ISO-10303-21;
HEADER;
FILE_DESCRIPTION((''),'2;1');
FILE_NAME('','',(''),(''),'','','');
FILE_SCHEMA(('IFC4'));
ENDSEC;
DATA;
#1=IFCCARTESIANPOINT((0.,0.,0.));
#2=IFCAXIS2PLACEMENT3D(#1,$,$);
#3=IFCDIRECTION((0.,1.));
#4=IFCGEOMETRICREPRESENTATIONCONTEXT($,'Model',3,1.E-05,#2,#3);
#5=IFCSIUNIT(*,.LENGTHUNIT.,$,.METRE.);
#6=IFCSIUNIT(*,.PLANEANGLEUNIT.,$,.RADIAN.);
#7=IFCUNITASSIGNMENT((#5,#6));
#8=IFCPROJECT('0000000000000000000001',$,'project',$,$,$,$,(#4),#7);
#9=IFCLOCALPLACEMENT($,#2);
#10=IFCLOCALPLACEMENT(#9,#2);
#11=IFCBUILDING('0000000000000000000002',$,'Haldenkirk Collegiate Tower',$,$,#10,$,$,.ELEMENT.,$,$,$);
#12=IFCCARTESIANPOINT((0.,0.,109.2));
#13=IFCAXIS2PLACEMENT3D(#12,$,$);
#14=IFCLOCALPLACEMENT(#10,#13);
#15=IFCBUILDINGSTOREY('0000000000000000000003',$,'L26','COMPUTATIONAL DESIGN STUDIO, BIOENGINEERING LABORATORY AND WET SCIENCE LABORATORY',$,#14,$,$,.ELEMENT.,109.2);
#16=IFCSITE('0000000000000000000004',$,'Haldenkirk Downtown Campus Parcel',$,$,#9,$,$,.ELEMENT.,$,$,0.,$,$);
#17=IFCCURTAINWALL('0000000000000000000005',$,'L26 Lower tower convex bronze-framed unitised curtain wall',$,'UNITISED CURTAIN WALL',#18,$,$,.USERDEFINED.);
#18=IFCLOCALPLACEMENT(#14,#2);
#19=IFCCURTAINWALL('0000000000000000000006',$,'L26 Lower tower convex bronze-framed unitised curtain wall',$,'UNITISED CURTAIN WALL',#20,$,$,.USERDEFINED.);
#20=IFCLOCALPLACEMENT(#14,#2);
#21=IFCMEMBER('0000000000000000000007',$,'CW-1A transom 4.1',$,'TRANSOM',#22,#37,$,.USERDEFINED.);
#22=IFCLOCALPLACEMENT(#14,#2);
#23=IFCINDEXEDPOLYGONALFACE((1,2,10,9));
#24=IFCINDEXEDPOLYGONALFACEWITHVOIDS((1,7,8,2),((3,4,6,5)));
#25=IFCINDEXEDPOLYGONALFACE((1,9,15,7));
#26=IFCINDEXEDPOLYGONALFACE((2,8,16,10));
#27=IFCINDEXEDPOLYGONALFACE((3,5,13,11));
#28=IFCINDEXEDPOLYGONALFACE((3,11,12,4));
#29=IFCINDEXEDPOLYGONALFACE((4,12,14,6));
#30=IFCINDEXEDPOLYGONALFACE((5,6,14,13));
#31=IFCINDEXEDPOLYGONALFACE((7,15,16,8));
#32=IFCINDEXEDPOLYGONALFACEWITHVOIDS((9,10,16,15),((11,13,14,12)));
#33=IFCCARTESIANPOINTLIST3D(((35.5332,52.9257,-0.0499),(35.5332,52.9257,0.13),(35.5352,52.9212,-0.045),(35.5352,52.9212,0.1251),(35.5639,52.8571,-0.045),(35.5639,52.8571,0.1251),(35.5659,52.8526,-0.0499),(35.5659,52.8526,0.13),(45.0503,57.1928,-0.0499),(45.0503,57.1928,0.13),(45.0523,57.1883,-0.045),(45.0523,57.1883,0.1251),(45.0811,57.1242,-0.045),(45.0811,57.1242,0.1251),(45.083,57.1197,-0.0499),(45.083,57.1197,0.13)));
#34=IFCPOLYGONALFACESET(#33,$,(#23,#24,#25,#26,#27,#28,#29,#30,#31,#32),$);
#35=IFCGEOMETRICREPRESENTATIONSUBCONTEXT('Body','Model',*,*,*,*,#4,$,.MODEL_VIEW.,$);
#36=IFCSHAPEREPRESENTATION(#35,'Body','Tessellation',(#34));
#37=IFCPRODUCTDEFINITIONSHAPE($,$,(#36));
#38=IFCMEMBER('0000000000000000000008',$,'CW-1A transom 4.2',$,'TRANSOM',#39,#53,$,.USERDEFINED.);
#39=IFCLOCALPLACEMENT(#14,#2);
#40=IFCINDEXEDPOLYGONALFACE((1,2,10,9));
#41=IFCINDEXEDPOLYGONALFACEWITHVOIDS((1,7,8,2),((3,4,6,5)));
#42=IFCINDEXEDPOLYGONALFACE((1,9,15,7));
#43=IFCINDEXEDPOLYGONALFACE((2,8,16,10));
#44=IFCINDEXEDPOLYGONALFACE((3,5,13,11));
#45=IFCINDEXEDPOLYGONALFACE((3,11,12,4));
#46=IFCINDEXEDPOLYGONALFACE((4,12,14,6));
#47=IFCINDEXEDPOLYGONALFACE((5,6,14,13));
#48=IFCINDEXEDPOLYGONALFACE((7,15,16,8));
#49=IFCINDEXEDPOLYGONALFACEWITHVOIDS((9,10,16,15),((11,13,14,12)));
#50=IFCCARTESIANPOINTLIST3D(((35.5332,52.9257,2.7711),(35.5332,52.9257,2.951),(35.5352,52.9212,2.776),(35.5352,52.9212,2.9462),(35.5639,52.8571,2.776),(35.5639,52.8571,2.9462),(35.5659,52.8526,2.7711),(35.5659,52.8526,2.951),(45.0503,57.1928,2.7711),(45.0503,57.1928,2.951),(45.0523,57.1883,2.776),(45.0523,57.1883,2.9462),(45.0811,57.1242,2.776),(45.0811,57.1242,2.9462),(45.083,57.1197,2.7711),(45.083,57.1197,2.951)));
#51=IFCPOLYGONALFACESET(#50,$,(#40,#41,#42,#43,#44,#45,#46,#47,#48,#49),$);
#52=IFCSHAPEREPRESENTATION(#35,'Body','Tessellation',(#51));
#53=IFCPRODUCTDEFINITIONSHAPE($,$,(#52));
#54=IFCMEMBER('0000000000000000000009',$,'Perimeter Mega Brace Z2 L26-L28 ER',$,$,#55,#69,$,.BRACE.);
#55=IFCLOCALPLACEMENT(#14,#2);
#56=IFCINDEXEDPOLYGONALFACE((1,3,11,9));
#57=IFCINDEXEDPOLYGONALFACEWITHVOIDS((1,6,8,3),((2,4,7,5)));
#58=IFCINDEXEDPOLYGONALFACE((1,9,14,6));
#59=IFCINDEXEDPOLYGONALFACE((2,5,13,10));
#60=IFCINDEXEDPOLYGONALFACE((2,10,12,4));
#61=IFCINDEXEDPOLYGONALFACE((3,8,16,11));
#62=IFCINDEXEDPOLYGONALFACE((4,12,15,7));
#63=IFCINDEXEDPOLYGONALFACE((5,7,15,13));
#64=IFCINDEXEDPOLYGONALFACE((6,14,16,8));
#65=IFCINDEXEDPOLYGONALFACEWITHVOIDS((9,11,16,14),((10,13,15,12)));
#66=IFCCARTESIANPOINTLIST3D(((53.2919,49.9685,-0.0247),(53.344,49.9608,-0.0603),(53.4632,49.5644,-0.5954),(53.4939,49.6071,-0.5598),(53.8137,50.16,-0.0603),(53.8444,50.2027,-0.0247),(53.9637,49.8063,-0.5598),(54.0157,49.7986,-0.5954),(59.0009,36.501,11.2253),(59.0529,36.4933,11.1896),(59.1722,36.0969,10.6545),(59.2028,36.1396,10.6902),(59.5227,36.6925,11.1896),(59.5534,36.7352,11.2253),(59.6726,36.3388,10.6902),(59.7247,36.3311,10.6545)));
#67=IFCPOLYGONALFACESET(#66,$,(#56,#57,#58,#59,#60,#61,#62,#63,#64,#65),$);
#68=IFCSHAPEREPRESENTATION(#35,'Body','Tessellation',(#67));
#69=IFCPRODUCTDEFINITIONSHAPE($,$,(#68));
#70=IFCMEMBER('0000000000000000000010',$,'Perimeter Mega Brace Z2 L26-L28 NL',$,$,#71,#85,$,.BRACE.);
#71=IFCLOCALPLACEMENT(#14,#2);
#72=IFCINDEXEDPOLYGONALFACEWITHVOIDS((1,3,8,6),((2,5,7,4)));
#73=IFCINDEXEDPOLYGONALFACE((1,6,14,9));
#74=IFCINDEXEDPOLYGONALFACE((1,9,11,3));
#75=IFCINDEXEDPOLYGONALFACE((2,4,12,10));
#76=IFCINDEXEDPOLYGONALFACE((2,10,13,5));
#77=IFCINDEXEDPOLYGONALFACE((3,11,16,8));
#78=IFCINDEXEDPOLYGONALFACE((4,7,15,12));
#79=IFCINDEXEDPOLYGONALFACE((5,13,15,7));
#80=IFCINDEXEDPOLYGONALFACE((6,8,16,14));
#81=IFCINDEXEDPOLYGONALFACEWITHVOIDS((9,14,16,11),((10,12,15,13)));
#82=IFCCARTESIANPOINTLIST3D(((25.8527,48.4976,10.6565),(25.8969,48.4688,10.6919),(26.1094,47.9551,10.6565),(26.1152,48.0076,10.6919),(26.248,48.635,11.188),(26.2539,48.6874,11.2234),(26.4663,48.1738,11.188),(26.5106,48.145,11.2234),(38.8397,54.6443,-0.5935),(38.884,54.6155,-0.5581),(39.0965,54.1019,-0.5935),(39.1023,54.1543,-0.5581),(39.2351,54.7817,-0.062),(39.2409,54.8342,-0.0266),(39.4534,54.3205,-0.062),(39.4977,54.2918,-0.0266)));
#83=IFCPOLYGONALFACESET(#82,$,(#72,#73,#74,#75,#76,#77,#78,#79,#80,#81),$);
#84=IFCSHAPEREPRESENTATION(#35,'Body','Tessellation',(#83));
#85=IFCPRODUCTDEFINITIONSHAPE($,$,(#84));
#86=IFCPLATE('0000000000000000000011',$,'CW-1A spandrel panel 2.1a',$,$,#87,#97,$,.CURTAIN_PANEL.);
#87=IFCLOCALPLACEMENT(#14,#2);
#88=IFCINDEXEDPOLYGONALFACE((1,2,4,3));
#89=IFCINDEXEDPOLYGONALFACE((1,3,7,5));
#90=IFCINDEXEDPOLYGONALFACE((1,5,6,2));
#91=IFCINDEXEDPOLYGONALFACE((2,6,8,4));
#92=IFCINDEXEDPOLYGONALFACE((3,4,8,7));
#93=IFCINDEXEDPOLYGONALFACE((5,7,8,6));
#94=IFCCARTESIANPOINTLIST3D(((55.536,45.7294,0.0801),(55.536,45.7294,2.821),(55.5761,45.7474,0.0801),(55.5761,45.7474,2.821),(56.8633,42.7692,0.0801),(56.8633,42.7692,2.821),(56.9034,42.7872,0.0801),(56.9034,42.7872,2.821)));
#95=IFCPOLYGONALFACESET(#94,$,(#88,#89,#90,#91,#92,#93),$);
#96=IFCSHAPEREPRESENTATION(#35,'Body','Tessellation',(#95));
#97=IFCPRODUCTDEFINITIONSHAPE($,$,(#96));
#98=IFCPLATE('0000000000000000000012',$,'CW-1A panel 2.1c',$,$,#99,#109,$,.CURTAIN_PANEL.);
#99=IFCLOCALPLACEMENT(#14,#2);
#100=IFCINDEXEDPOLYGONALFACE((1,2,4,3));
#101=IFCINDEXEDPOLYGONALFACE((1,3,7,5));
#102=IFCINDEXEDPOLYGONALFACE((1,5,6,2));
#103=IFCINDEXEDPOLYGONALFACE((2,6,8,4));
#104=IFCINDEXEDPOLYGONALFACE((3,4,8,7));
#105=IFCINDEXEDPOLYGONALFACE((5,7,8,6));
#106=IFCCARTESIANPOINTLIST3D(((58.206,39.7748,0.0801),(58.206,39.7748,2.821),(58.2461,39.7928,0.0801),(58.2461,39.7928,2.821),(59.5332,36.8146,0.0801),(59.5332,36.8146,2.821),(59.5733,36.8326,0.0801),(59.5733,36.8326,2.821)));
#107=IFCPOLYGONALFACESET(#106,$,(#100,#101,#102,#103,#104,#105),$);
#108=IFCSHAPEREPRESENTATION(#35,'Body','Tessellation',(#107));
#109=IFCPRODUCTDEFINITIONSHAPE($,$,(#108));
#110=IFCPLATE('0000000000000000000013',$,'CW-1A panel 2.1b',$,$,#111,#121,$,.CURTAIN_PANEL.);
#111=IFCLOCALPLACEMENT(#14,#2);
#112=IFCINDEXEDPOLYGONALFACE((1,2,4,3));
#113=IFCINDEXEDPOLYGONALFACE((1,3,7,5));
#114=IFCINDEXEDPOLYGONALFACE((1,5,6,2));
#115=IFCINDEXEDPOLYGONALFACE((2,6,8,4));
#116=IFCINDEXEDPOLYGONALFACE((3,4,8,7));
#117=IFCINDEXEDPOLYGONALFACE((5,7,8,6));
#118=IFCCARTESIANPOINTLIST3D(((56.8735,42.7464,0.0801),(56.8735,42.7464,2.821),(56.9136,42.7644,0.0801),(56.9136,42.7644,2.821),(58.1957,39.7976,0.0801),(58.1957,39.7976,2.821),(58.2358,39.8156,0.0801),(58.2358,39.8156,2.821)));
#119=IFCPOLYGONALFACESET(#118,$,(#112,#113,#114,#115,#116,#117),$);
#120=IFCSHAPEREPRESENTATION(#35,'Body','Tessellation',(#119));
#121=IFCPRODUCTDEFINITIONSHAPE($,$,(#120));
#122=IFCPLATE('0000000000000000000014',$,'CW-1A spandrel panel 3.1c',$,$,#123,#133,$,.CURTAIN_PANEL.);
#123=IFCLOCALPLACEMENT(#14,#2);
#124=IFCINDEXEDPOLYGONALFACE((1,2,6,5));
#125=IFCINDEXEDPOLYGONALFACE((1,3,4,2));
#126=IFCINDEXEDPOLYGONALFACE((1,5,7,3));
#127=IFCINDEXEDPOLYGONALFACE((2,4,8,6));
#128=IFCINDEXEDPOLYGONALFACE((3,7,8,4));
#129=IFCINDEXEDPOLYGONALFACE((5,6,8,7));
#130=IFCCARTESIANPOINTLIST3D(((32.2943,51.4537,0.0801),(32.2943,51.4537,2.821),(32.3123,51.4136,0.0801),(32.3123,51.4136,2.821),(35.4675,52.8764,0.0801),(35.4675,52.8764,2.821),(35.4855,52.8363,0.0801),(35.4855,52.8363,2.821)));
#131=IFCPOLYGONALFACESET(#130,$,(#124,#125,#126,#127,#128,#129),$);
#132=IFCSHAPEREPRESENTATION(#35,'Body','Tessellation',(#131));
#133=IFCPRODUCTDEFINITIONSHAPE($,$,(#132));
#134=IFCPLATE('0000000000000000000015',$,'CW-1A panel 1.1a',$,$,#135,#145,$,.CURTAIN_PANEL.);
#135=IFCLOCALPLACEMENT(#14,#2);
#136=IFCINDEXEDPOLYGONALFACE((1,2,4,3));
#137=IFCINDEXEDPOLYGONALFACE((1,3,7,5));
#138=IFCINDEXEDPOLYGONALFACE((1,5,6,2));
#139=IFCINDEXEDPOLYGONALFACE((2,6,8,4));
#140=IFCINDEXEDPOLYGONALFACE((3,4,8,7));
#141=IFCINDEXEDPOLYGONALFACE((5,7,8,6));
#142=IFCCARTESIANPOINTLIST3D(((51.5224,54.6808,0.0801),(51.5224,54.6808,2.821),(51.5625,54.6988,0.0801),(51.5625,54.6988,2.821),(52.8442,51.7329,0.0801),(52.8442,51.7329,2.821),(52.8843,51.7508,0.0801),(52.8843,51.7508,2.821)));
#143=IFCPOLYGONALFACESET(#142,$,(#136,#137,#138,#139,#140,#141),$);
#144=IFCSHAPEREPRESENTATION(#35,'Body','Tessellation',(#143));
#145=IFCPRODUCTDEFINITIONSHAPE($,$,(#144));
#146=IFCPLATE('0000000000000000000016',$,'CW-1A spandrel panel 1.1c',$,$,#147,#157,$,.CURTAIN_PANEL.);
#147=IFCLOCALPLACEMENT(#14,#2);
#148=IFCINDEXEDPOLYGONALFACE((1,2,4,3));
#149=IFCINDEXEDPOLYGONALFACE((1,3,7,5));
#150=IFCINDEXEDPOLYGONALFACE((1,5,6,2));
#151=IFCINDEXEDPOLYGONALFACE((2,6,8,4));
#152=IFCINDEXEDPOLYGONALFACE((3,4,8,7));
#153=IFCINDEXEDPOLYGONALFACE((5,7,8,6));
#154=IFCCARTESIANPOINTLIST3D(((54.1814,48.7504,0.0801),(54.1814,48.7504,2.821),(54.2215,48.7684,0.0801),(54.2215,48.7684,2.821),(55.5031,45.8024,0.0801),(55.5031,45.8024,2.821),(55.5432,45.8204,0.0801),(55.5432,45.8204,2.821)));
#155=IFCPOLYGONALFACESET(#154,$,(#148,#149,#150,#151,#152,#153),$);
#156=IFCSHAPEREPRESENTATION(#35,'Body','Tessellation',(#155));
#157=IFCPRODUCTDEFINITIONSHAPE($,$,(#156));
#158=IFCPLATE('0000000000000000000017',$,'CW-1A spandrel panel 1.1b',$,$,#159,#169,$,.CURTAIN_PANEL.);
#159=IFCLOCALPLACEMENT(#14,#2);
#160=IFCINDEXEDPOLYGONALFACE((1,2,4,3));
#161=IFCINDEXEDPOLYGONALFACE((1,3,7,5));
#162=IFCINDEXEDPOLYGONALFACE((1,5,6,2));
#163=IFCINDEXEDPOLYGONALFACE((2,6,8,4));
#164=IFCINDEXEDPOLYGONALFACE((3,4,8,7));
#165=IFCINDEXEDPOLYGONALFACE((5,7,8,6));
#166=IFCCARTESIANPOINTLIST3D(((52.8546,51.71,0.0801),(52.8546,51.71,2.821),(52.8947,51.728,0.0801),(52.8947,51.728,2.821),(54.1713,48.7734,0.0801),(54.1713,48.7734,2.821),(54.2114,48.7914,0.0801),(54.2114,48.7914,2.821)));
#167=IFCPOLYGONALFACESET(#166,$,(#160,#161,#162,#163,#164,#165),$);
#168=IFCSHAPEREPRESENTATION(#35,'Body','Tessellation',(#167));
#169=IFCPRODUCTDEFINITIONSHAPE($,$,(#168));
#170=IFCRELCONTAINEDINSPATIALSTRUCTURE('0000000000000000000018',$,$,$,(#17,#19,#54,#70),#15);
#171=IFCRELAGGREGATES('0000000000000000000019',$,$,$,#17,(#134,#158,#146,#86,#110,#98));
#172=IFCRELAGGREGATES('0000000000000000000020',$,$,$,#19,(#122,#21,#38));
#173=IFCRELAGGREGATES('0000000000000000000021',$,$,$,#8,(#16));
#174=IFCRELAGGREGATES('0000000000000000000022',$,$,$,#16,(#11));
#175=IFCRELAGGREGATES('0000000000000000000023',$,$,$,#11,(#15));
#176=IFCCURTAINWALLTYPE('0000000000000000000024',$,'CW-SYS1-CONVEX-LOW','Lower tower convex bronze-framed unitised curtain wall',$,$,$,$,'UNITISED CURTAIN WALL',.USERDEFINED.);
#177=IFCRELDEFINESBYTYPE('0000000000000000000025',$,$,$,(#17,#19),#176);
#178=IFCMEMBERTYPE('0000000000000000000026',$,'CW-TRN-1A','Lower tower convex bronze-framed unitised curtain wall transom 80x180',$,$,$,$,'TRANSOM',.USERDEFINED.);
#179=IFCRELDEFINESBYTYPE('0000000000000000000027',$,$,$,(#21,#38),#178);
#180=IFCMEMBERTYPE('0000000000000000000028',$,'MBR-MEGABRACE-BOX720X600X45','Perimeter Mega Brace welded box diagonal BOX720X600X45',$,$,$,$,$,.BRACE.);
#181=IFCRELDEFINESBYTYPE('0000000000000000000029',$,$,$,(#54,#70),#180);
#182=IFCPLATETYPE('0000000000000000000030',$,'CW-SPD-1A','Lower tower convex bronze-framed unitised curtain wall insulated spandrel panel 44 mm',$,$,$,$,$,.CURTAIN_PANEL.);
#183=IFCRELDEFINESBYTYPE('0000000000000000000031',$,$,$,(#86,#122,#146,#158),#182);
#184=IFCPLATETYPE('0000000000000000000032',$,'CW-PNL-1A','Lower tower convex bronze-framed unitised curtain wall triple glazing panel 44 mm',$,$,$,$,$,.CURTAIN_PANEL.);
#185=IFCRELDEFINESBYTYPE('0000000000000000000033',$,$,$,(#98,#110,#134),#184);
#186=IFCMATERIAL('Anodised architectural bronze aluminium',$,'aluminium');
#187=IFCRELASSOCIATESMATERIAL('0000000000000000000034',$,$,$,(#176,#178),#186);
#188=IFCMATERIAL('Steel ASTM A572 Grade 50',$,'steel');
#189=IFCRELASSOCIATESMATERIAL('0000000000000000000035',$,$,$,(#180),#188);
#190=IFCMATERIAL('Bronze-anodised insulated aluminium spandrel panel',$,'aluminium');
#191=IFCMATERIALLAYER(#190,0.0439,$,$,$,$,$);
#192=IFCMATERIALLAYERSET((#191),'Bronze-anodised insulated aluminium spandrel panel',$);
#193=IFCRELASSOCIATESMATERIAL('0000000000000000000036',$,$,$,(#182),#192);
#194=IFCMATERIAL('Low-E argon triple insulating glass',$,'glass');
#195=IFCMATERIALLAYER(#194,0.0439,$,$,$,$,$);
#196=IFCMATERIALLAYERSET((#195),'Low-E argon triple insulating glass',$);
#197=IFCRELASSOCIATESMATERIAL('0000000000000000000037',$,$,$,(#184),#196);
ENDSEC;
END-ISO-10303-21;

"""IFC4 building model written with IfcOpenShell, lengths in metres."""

from ifc_helpers import new_model, si_unit, direction, frame, origin, origin_2d, place, context, subcontext, project, spatial, rectangle, hollow_rectangle, extrude, source, transform, mapped, material, layer, layer_set, material_profile, profile_set, type_object, element, aggregate, save


model = new_model("IFC4")

# Units and contexts
model_context = context("Model", 3, precision=1e-05, world=origin(), true_north=direction((0.0, 1.0)))
body_context = subcontext(model_context, "Body", "Model", "MODEL_VIEW")
ifc_project = project(units=[si_unit("LENGTHUNIT", "METRE"), si_unit("PLANEANGLEUNIT", "RADIAN")], contexts=[model_context])

# Site, building, storey
site_placement = place(None, origin())
site = spatial("IfcSite", under=ifc_project, at=site_placement, Name="Haldenkirk Downtown Campus Parcel", CompositionType="ELEMENT", RefElevation=0.0)
building_placement = place(site_placement, origin())
building = spatial("IfcBuilding", under=site, at=building_placement, Name="Haldenkirk Collegiate Tower", CompositionType="ELEMENT")
storey_placement = place(building_placement, frame((0.0, 0.0, 109.2)))
storey = spatial("IfcBuildingStorey", under=building, at=storey_placement, Name="L26", Description="COMPUTATIONAL DESIGN STUDIO, BIOENGINEERING LABORATORY AND WET SCIENCE LABORATORY", CompositionType="ELEMENT", Elevation=109.2)

# Shared definitions
ifc_material_1 = material(Name="Steel ASTM A572 Grade 50", Category="steel")

# Curtain walls
ifc_material_2 = material(Name="Anodised architectural bronze aluminium", Category="aluminium")
curtain_wall_type = type_object("IfcCurtainWallType", Name="CW-SYS1-CONVEX-LOW", Description="Lower tower convex bronze-framed unitised curtain wall", ElementType="UNITISED CURTAIN WALL", PredefinedType="USERDEFINED", material=ifc_material_2)
curtain_wall_1_placement = place(storey_placement, origin())
curtain_wall_1 = element("IfcCurtainWall", 1, at=curtain_wall_1_placement, inside=storey, type_object=curtain_wall_type, Name="L26 Lower tower convex bronze-framed unitised curtain wall", ObjectType="UNITISED CURTAIN WALL", PredefinedType="USERDEFINED")
curtain_wall_2_placement = place(storey_placement, origin())
curtain_wall_2 = element("IfcCurtainWall", 2, at=curtain_wall_2_placement, inside=storey, type_object=curtain_wall_type, Name="L26 Lower tower convex bronze-framed unitised curtain wall", ObjectType="UNITISED CURTAIN WALL", PredefinedType="USERDEFINED")

# Members
ifc_material_profile_1 = material_profile(ifc_material_2, hollow_rectangle(XDim=0.0801, YDim=0.1799, WallThickness=0.0049, at=origin_2d()), Name="CW-TRN-1A")
ifc_profile_set_1 = profile_set([ifc_material_profile_1], Name="Anodised architectural bronze aluminium")
member_type_1 = type_object("IfcMemberType", Name="CW-TRN-1A", Description="Lower tower convex bronze-framed unitised curtain wall transom 80x180", ElementType="TRANSOM", PredefinedType="USERDEFINED", material=ifc_profile_set_1)
member_1_placement = place(storey_placement, frame((35.5496, 52.8892, 0.04), z_axis=(0.91248, 0.40912, 0.0), x_axis=(-0.40912, 0.91248, 0.0)))
member_1 = element("IfcMember", 3, at=member_1_placement, type_object=member_type_1, Name="CW-1A transom 4.1", ObjectType="TRANSOM", PredefinedType="USERDEFINED", context=body_context, shape_type="SweptSolid", body=[
    extrude(hollow_rectangle(XDim=0.0801, YDim=0.1799, WallThickness=0.0049, at=origin_2d()), origin(), (0.0, 0.0, 1.0), 10.4299),
])
member_2_placement = place(storey_placement, frame((35.5496, 52.8892, 2.8611), z_axis=(0.91248, 0.40912, 0.0), x_axis=(-0.40912, 0.91248, 0.0)))
member_2 = element("IfcMember", 4, at=member_2_placement, type_object=member_type_1, Name="CW-1A transom 4.2", ObjectType="TRANSOM", PredefinedType="USERDEFINED", context=body_context, shape_type="SweptSolid", body=[
    extrude(hollow_rectangle(XDim=0.0801, YDim=0.1799, WallThickness=0.0049, at=origin_2d()), origin(), (0.0, 0.0, 1.0), 10.4299),
])

# Members
ifc_material_profile_2 = material_profile(ifc_material_1, hollow_rectangle(XDim=0.6001, YDim=0.72, WallThickness=0.0449, at=origin_2d()), Name="BOX720X600X45")
ifc_profile_set_2 = profile_set([ifc_material_profile_2], Name="Steel ASTM A572 Grade 50")
member_type_2 = type_object("IfcMemberType", Name="MBR-MEGABRACE-BOX720X600X45", Description="Perimeter Mega Brace welded box diagonal BOX720X600X45", PredefinedType="BRACE", material=ifc_profile_set_2)
member_3_placement = place(storey_placement, frame((53.6538, 49.8835, -0.3101), z_axis=(0.309372, -0.729811, 0.609643), x_axis=(0.920693, 0.390288, 0.0)))
element("IfcMember", 5, at=member_3_placement, inside=storey, type_object=member_type_2, Name="Perimeter Mega Brace Z2 L26-L28 ER", PredefinedType="BRACE", context=body_context, shape_type="SweptSolid", body=[
    extrude(hollow_rectangle(XDim=0.6001, YDim=0.72, WallThickness=0.0449, at=origin_2d()), origin(), (0.0, 0.0, 1.0), 18.4534),
])
member_4_placement = place(storey_placement, frame((39.1687, 54.468, -0.3101), z_axis=(-0.711677, -0.336834, 0.616488), x_axis=(0.4278, -0.903873, 0.0)))
element("IfcMember", 6, at=member_4_placement, inside=storey, type_object=member_type_2, Name="Perimeter Mega Brace Z2 L26-L28 NL", PredefinedType="BRACE", context=body_context, shape_type="SweptSolid", body=[
    extrude(hollow_rectangle(XDim=0.6001, YDim=0.72, WallThickness=0.0449, at=origin_2d()), origin(), (0.0, 0.0, 1.0), 18.2485),
])

# Plates
ifc_material_3 = material(Name="Bronze-anodised insulated aluminium spandrel panel", Category="aluminium")
ifc_layer_1 = layer(ifc_material_3, 0.0439)
ifc_layer_set_1 = layer_set([ifc_layer_1], Name="Bronze-anodised insulated aluminium spandrel panel")
plate_type_1 = type_object("IfcPlateType", Name="CW-SPD-1A", Description="Lower tower convex bronze-framed unitised curtain wall insulated spandrel panel 44 mm", PredefinedType="CURTAIN_PANEL", material=ifc_layer_set_1)
shared_shape_1 = source(origin(), body_context, "Body", "SweptSolid", [
    extrude(rectangle(XDim=3.2441, YDim=0.0439, at=origin_2d()), origin(), (0.0, 0.0, 1.0), 2.741),
])
plate_1_placement = place(storey_placement, frame((56.2197, 44.2583, 0.0801), z_axis=(0.0, 0.0, 1.0), x_axis=(0.409129, -0.912476, 0.0)))
plate_1 = element("IfcPlate", 7, at=plate_1_placement, type_object=plate_type_1, Name="CW-1A spandrel panel 2.1a", PredefinedType="CURTAIN_PANEL", context=body_context, shape_type="MappedRepresentation", body=[
    mapped(shared_shape_1, transform((0.0, 0.0, 0.0), x_axis=(1.0, 0.0, 0.0), y_axis=(0.0, 1.0, 0.0), z_axis=(0.0, 0.0, 1.0), scale=1.0)),
])
ifc_material_4 = material(Name="Low-E argon triple insulating glass", Category="glass")
ifc_layer_2 = layer(ifc_material_4, 0.0439)
ifc_layer_set_2 = layer_set([ifc_layer_2], Name="Low-E argon triple insulating glass")
plate_type_2 = type_object("IfcPlateType", Name="CW-PNL-1A", Description="Lower tower convex bronze-framed unitised curtain wall triple glazing panel 44 mm", PredefinedType="CURTAIN_PANEL", material=ifc_layer_set_2)
plate_2_placement = place(storey_placement, frame((58.8896, 38.3037, 0.0801), z_axis=(0.0, 0.0, 1.0), x_axis=(0.409129, -0.912476, 0.0)))
plate_2 = element("IfcPlate", 8, at=plate_2_placement, type_object=plate_type_2, Name="CW-1A panel 2.1c", PredefinedType="CURTAIN_PANEL", context=body_context, shape_type="MappedRepresentation", body=[
    mapped(shared_shape_1, transform((0.0, 0.0, 0.0), x_axis=(1.0, 0.0, 0.0), y_axis=(0.0, 1.0, 0.0), z_axis=(0.0, 0.0, 1.0), scale=1.0)),
])
shared_shape_2 = source(origin(), body_context, "Body", "SweptSolid", [
    extrude(rectangle(XDim=3.2317, YDim=0.0439, at=origin_2d()), origin(), (0.0, 0.0, 1.0), 2.741),
])
plate_3_placement = place(storey_placement, frame((57.5547, 41.281, 0.0801), z_axis=(0.0, 0.0, 1.0), x_axis=(0.409129, -0.912476, 0.0)))
plate_3 = element("IfcPlate", 9, at=plate_3_placement, type_object=plate_type_2, Name="CW-1A panel 2.1b", PredefinedType="CURTAIN_PANEL", context=body_context, shape_type="MappedRepresentation", body=[
    mapped(shared_shape_2, transform((0.0, 0.0, 0.0), x_axis=(1.0, 0.0, 0.0), y_axis=(0.0, 1.0, 0.0), z_axis=(0.0, 0.0, 1.0), scale=1.0)),
])
shared_shape_3 = source(origin(), body_context, "Body", "SweptSolid", [
    extrude(rectangle(XDim=3.4775, YDim=0.0439, at=origin_2d()), origin(), (0.0, 0.0, 1.0), 2.741),
])
plate_4_placement = place(storey_placement, frame((33.8899, 52.145, 0.0801), z_axis=(0.0, 0.0, 1.0), x_axis=(0.912477, 0.409127, 0.0)))
plate_4 = element("IfcPlate", 10, at=plate_4_placement, type_object=plate_type_1, Name="CW-1A spandrel panel 3.1c", PredefinedType="CURTAIN_PANEL", context=body_context, shape_type="MappedRepresentation", body=[
    mapped(shared_shape_3, transform((0.0, 0.0, 0.0), x_axis=(1.0, 0.0, 0.0), y_axis=(0.0, 1.0, 0.0), z_axis=(0.0, 0.0, 1.0), scale=1.0)),
])
shared_shape_4 = source(origin(), body_context, "Body", "SweptSolid", [
    extrude(rectangle(XDim=3.2307, YDim=0.0439, at=origin_2d()), origin(), (0.0, 0.0, 1.0), 2.741),
])
plate_5_placement = place(storey_placement, frame((52.2034, 53.2158, 0.0801), z_axis=(0.0, 0.0, 1.0), x_axis=(0.409129, -0.912476, 0.0)))
plate_5 = element("IfcPlate", 11, at=plate_5_placement, type_object=plate_type_2, Name="CW-1A panel 1.1a", PredefinedType="CURTAIN_PANEL", context=body_context, shape_type="MappedRepresentation", body=[
    mapped(shared_shape_4, transform((0.0, 0.0, 0.0), x_axis=(1.0, 0.0, 0.0), y_axis=(0.0, 1.0, 0.0), z_axis=(0.0, 0.0, 1.0), scale=1.0)),
])
plate_6_placement = place(storey_placement, frame((54.8623, 47.2854, 0.0801), z_axis=(0.0, 0.0, 1.0), x_axis=(0.409129, -0.912476, 0.0)))
plate_6 = element("IfcPlate", 12, at=plate_6_placement, type_object=plate_type_1, Name="CW-1A spandrel panel 1.1c", PredefinedType="CURTAIN_PANEL", context=body_context, shape_type="MappedRepresentation", body=[
    mapped(shared_shape_4, transform((0.0, 0.0, 0.0), x_axis=(1.0, 0.0, 0.0), y_axis=(0.0, 1.0, 0.0), z_axis=(0.0, 0.0, 1.0), scale=1.0)),
])
shared_shape_5 = source(origin(), body_context, "Body", "SweptSolid", [
    extrude(rectangle(XDim=3.2183, YDim=0.0439, at=origin_2d()), origin(), (0.0, 0.0, 1.0), 2.741),
])
plate_7_placement = place(storey_placement, frame((53.533, 50.2507, 0.0801), z_axis=(0.0, 0.0, 1.0), x_axis=(0.409129, -0.912476, 0.0)))
plate_7 = element("IfcPlate", 13, at=plate_7_placement, type_object=plate_type_1, Name="CW-1A spandrel panel 1.1b", PredefinedType="CURTAIN_PANEL", context=body_context, shape_type="MappedRepresentation", body=[
    mapped(shared_shape_5, transform((0.0, 0.0, 0.0), x_axis=(1.0, 0.0, 0.0), y_axis=(0.0, 1.0, 0.0), z_axis=(0.0, 0.0, 1.0), scale=1.0)),
])
aggregate(curtain_wall_1, [plate_5, plate_7, plate_6, plate_1, plate_3, plate_2])
aggregate(curtain_wall_2, [plate_4, member_1, member_2])

save(model, "model.ifc")
